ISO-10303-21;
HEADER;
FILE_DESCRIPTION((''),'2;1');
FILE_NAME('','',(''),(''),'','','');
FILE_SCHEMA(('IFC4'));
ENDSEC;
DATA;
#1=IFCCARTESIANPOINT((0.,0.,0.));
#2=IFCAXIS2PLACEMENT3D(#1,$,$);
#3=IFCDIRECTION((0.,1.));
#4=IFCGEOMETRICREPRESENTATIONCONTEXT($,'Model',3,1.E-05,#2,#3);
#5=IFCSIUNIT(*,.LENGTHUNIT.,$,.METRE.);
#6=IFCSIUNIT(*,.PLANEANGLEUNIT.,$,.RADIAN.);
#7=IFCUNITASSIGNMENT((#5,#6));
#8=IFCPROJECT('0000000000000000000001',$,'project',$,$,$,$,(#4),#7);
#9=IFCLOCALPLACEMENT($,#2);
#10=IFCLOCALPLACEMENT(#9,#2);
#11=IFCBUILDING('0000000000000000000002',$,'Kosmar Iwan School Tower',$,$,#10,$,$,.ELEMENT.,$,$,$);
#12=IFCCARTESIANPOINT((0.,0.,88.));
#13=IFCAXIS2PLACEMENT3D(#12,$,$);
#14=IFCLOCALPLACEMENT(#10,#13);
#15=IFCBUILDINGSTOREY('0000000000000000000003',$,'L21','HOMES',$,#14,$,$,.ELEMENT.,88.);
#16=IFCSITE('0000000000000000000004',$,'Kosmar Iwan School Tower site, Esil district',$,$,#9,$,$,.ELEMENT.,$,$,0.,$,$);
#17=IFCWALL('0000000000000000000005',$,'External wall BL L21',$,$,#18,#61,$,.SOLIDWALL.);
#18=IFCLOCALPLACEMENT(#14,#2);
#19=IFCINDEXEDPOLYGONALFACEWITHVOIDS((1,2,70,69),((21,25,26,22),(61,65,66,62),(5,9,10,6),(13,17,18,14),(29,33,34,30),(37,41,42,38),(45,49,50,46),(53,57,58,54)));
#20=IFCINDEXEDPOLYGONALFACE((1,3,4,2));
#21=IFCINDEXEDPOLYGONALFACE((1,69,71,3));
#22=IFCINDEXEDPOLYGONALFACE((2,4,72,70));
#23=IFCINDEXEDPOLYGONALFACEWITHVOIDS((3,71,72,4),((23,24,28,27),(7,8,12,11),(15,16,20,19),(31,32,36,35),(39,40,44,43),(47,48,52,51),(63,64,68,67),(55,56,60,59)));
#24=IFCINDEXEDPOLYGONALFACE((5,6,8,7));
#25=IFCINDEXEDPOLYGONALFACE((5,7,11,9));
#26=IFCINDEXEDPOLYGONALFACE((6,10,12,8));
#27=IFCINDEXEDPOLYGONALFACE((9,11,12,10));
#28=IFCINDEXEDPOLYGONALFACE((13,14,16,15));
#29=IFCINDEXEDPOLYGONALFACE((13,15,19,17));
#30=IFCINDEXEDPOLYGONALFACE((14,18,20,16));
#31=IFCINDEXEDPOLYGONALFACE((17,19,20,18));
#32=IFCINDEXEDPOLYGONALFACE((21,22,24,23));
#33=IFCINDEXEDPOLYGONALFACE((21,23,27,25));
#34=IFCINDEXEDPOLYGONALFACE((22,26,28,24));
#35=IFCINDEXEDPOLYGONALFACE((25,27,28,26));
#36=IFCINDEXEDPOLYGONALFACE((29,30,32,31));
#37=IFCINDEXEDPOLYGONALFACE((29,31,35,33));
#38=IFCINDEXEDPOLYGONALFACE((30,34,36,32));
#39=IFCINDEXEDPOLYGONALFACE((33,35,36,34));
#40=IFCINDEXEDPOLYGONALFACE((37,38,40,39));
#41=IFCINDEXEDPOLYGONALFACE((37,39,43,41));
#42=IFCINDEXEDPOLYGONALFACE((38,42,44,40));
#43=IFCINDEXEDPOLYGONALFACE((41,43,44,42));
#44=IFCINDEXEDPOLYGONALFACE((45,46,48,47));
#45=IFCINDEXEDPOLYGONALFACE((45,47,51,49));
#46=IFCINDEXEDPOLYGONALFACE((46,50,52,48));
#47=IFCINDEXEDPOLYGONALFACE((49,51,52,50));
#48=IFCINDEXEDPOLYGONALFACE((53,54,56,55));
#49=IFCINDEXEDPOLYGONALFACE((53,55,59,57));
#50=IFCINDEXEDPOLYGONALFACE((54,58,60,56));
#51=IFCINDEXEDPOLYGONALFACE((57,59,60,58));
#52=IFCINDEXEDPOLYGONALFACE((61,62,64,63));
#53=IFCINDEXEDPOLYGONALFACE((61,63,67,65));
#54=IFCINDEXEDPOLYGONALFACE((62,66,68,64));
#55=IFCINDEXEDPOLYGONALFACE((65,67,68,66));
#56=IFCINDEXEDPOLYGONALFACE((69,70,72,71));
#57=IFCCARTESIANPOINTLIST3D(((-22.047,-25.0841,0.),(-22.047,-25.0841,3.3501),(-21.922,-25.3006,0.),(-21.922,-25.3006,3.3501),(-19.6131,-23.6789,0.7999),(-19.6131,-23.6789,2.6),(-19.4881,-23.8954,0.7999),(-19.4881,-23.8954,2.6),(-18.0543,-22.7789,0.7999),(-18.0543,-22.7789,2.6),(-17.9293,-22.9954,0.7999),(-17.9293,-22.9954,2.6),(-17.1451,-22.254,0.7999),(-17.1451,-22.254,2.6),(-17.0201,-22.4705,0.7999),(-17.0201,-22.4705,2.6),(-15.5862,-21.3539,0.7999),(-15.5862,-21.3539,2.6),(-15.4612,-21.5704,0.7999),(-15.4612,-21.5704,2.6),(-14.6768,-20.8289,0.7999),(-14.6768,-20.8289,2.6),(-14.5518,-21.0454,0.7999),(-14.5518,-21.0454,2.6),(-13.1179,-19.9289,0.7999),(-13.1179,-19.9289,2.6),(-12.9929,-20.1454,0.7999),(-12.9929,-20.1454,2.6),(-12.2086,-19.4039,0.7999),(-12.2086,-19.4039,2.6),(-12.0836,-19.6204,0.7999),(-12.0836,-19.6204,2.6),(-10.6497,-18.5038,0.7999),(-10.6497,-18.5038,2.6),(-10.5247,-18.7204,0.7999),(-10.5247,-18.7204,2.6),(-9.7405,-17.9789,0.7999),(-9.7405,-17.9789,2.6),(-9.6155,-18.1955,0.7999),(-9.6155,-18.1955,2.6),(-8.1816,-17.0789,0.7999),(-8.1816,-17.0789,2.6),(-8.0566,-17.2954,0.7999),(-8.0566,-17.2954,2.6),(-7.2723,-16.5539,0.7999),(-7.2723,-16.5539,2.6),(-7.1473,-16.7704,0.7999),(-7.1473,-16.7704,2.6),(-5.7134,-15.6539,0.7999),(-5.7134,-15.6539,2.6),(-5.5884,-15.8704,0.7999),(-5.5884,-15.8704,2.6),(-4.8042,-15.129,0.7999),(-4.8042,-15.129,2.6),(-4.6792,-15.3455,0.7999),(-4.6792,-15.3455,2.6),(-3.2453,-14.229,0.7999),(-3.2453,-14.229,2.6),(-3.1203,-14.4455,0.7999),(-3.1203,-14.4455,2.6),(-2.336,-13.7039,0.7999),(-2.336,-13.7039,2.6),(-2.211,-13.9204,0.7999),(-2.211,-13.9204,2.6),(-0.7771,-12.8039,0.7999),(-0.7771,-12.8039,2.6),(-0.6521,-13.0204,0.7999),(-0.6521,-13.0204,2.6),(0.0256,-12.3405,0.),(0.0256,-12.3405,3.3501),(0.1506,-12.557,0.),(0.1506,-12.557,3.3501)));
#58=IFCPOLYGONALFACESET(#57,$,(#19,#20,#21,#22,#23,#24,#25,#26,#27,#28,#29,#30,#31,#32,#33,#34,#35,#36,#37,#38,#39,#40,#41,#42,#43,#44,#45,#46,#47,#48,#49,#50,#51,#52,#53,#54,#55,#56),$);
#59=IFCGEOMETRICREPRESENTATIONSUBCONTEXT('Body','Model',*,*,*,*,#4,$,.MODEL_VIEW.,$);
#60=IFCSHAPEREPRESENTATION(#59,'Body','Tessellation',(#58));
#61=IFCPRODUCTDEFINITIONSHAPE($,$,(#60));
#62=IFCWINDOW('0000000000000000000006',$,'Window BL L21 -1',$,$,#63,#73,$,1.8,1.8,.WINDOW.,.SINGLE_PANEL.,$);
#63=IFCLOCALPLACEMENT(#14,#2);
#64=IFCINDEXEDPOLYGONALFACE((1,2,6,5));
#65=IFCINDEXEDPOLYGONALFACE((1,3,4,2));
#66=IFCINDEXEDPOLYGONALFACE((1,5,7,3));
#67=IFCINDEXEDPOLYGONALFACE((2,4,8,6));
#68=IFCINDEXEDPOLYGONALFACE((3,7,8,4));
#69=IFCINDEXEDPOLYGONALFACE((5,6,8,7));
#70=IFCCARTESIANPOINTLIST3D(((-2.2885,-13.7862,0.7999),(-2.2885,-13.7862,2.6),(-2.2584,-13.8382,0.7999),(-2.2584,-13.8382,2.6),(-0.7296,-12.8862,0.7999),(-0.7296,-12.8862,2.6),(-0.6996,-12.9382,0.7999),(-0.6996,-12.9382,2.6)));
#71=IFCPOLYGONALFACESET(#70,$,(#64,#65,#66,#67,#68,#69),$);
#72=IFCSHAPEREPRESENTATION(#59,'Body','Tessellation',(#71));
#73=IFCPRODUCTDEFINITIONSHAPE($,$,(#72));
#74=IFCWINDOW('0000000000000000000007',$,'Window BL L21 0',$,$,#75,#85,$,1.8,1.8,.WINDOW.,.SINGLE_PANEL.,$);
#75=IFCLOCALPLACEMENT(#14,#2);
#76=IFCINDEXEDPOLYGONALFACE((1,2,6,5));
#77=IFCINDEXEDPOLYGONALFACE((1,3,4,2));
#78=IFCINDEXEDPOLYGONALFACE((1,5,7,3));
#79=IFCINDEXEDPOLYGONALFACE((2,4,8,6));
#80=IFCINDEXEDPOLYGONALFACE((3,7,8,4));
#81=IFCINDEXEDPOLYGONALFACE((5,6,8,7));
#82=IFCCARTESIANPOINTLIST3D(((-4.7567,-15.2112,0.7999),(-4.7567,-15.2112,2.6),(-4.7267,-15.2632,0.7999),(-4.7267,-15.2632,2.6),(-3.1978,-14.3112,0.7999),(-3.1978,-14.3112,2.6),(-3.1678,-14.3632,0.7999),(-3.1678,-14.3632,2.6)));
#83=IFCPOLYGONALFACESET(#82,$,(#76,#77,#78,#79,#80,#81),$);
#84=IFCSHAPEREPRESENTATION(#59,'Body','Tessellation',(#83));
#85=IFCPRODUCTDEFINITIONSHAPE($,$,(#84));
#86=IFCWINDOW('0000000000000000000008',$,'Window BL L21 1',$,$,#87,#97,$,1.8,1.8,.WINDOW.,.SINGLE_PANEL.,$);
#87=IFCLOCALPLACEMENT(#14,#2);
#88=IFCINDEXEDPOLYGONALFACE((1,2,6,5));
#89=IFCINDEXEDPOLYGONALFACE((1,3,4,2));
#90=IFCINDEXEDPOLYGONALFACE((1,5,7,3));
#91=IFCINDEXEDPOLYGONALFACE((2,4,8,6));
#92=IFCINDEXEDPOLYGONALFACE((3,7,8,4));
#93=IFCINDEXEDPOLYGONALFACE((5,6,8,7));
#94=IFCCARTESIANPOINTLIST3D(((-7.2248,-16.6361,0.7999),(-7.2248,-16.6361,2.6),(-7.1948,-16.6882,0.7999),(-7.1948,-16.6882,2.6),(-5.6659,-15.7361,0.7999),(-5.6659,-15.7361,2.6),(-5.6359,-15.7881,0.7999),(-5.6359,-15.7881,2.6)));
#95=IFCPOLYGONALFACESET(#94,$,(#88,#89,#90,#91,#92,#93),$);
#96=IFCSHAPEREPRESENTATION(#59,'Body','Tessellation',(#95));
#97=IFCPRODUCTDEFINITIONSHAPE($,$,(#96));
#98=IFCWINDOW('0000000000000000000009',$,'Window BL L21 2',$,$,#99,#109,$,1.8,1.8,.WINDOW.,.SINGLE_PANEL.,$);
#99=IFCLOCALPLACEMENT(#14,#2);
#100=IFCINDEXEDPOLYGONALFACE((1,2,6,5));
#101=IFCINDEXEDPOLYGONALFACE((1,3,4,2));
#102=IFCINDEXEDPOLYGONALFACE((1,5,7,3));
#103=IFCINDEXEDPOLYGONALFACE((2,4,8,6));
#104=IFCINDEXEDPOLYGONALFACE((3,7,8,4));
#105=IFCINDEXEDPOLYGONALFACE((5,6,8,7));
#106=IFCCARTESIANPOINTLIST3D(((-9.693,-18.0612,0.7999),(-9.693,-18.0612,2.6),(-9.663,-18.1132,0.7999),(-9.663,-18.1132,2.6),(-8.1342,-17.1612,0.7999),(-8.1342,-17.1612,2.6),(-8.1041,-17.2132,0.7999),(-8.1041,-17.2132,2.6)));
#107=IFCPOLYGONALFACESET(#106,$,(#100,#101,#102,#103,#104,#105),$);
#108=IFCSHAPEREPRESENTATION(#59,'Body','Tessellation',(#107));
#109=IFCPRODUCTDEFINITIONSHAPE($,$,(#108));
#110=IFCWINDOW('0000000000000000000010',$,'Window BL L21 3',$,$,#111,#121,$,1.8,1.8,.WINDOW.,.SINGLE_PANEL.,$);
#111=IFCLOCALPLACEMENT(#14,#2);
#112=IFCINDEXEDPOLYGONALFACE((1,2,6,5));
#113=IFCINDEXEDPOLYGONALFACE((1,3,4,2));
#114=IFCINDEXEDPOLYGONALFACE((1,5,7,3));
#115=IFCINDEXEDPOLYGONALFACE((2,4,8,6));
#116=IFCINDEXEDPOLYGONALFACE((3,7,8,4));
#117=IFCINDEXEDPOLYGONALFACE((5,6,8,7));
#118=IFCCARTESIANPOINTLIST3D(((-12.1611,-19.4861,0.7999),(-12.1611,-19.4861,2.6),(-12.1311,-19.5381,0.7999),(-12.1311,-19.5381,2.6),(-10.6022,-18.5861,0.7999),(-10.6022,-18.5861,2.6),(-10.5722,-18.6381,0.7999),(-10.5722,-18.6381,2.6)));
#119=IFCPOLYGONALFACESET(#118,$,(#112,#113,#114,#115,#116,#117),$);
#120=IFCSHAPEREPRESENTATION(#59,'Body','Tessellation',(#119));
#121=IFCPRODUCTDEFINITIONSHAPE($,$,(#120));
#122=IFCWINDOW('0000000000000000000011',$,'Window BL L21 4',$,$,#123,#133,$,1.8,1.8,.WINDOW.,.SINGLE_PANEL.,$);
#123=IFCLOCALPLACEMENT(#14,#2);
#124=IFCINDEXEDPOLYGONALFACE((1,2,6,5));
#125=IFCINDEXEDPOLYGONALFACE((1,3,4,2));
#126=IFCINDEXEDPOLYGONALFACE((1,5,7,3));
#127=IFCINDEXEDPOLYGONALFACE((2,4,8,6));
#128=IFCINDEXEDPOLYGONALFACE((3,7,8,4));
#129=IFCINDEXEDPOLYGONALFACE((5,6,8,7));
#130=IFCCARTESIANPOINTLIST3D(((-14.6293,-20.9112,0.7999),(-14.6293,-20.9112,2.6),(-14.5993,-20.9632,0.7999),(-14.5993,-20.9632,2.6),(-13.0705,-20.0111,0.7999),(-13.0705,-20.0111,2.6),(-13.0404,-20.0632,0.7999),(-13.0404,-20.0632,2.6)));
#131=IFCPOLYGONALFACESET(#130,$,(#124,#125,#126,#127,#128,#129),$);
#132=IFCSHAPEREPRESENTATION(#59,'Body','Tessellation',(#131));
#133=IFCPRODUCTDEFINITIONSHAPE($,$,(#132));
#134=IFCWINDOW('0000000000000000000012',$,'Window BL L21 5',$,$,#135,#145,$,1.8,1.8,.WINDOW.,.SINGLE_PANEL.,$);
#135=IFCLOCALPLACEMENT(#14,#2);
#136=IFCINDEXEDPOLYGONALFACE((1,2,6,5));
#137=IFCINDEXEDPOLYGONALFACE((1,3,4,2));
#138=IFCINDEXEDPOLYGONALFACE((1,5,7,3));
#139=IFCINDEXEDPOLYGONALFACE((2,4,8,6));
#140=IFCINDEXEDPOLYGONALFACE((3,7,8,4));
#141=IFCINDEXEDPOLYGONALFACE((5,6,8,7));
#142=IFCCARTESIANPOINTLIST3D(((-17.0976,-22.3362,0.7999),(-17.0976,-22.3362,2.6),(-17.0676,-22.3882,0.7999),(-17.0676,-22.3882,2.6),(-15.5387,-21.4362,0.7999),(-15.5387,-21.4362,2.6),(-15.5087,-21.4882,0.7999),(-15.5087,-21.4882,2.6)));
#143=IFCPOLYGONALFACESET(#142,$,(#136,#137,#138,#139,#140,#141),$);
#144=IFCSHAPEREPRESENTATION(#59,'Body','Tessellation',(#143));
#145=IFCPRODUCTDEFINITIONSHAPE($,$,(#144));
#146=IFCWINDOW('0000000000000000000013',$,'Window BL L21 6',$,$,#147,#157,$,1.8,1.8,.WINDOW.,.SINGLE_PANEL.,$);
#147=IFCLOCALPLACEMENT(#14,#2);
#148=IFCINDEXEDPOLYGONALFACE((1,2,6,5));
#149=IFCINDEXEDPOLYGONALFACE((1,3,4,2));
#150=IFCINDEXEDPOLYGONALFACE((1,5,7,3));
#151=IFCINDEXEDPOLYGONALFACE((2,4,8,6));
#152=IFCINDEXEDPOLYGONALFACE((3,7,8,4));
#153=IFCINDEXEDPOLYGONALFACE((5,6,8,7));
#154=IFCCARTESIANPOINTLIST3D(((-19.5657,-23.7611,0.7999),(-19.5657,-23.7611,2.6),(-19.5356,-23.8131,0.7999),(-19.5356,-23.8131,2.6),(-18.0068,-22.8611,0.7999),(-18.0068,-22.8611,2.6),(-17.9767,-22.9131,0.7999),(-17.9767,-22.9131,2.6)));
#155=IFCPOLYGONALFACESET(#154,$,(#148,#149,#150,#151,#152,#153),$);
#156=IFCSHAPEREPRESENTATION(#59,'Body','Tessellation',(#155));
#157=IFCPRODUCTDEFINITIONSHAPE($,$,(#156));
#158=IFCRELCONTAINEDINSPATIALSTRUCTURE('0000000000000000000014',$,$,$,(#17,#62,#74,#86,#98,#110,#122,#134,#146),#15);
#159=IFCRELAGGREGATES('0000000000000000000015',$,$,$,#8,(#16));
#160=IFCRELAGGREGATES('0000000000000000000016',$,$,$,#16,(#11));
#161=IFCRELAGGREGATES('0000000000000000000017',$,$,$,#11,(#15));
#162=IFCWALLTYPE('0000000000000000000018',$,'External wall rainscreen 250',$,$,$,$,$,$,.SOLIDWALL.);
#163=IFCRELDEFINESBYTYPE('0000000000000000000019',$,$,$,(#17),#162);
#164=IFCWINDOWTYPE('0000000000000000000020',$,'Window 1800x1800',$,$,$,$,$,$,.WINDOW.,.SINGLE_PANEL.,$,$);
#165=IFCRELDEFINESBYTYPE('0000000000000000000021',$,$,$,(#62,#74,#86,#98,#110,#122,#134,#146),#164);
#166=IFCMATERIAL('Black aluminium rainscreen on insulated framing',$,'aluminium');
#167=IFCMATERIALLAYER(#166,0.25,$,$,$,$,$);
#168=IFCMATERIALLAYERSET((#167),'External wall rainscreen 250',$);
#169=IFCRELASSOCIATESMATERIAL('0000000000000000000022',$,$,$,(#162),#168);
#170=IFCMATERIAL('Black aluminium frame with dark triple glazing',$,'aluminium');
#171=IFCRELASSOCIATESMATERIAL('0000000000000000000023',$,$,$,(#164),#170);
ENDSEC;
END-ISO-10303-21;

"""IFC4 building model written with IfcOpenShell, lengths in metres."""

from ifc_helpers import new_model, si_unit, direction, frame, frame_2d, origin, place, context, subcontext, project, spatial, rectangle, extrude, material, layer, layer_set, type_object, element, fill, save


model = new_model("IFC4")

# Units and contexts
model_context = context("Model", 3, precision=1e-05, world=origin(), true_north=direction((0.0, 1.0)))
body_context = subcontext(model_context, "Body", "Model", "MODEL_VIEW")
ifc_project = project(units=[si_unit("LENGTHUNIT", "METRE"), si_unit("PLANEANGLEUNIT", "RADIAN")], contexts=[model_context])

# Site, building, storey
site_placement = place(None, origin())
site = spatial("IfcSite", under=ifc_project, at=site_placement, Name="Kosmar Iwan School Tower site, Esil district", CompositionType="ELEMENT", RefElevation=0.0)
building_placement = place(site_placement, origin())
building = spatial("IfcBuilding", under=site, at=building_placement, Name="Kosmar Iwan School Tower", CompositionType="ELEMENT")
storey_placement = place(building_placement, frame((0.0, 0.0, 88.0)))
storey = spatial("IfcBuildingStorey", under=building, at=storey_placement, Name="L21", Description="HOMES", CompositionType="ELEMENT", Elevation=88.0)

# Wall, openings, windows
ifc_material_1 = material(Name="Black aluminium rainscreen on insulated framing", Category="aluminium")
ifc_layer_1 = layer(ifc_material_1, 0.25)
ifc_layer_set_1 = layer_set([ifc_layer_1], Name="External wall rainscreen 250")
wall_type_1 = type_object("IfcWallType", Name="External wall rainscreen 250", PredefinedType="SOLIDWALL", material=ifc_layer_set_1)
wall_1_placement = place(storey_placement, frame((0.0881, -12.4487, 0.0), z_axis=(0.0, 0.0, 1.0), x_axis=(-0.866026, -0.499998, 0.0)))
wall_1 = element("IfcWall", 1, at=wall_1_placement, inside=storey, type_object=wall_type_1, Name="External wall BL L21", PredefinedType="SOLIDWALL", context=body_context, shape_type="SweptSolid", body=[
    extrude(rectangle(XDim=25.4873, YDim=0.25, at=frame_2d((12.7437, 0.0))), origin(), (0.0, 0.0, 1.0), 3.3501),
])
opening_1_placement = place(wall_1_placement, frame((0.927, 0.0, 0.8)))
opening_1 = element("IfcOpeningElement", 2, at=opening_1_placement, cuts=wall_1, PredefinedType="OPENING", context=body_context, shape_type="SweptSolid", body=[
    extrude(rectangle(XDim=1.8, YDim=1.8, at=frame_2d((0.8999, 0.8999))), frame((0.0, 0.137, 0.0), z_axis=(0.0, -1.0, 0.0), x_axis=(1.0, 0.0, 0.0)), (0.0, 0.0, 1.0), 0.2739),
])
opening_2_placement = place(wall_1_placement, frame((3.7771, 0.0, 0.8)))
opening_2 = element("IfcOpeningElement", 3, at=opening_2_placement, cuts=wall_1, PredefinedType="OPENING", context=body_context, shape_type="SweptSolid", body=[
    extrude(rectangle(XDim=1.8, YDim=1.8, at=frame_2d((0.8999, 0.8999))), frame((0.0, 0.137, 0.0), z_axis=(0.0, -1.0, 0.0), x_axis=(1.0, 0.0, 0.0)), (0.0, 0.0, 1.0), 0.2739),
])
opening_3_placement = place(wall_1_placement, frame((6.627, 0.0, 0.8)))
opening_3 = element("IfcOpeningElement", 4, at=opening_3_placement, cuts=wall_1, PredefinedType="OPENING", context=body_context, shape_type="SweptSolid", body=[
    extrude(rectangle(XDim=1.8, YDim=1.8, at=frame_2d((0.8999, 0.8999))), frame((0.0, 0.137, 0.0), z_axis=(0.0, -1.0, 0.0), x_axis=(1.0, 0.0, 0.0)), (0.0, 0.0, 1.0), 0.2739),
])
opening_4_placement = place(wall_1_placement, frame((9.4771, 0.0, 0.8)))
opening_4 = element("IfcOpeningElement", 5, at=opening_4_placement, cuts=wall_1, PredefinedType="OPENING", context=body_context, shape_type="SweptSolid", body=[
    extrude(rectangle(XDim=1.8, YDim=1.8, at=frame_2d((0.8999, 0.8999))), frame((0.0, 0.137, 0.0), z_axis=(0.0, -1.0, 0.0), x_axis=(1.0, 0.0, 0.0)), (0.0, 0.0, 1.0), 0.2739),
])
opening_5_placement = place(wall_1_placement, frame((12.3269, 0.0, 0.8)))
opening_5 = element("IfcOpeningElement", 6, at=opening_5_placement, cuts=wall_1, PredefinedType="OPENING", context=body_context, shape_type="SweptSolid", body=[
    extrude(rectangle(XDim=1.8, YDim=1.8, at=frame_2d((0.8999, 0.8999))), frame((0.0, 0.137, 0.0), z_axis=(0.0, -1.0, 0.0), x_axis=(1.0, 0.0, 0.0)), (0.0, 0.0, 1.0), 0.2739),
])
opening_6_placement = place(wall_1_placement, frame((15.177, 0.0, 0.8)))
opening_6 = element("IfcOpeningElement", 7, at=opening_6_placement, cuts=wall_1, PredefinedType="OPENING", context=body_context, shape_type="SweptSolid", body=[
    extrude(rectangle(XDim=1.8, YDim=1.8, at=frame_2d((0.8999, 0.8999))), frame((0.0, 0.137, 0.0), z_axis=(0.0, -1.0, 0.0), x_axis=(1.0, 0.0, 0.0)), (0.0, 0.0, 1.0), 0.2739),
])
opening_7_placement = place(wall_1_placement, frame((18.0271, 0.0, 0.8)))
opening_7 = element("IfcOpeningElement", 8, at=opening_7_placement, cuts=wall_1, PredefinedType="OPENING", context=body_context, shape_type="SweptSolid", body=[
    extrude(rectangle(XDim=1.8, YDim=1.8, at=frame_2d((0.8999, 0.8999))), frame((0.0, 0.137, 0.0), z_axis=(0.0, -1.0, 0.0), x_axis=(1.0, 0.0, 0.0)), (0.0, 0.0, 1.0), 0.2739),
])
opening_8_placement = place(wall_1_placement, frame((20.877, 0.0, 0.8)))
opening_8 = element("IfcOpeningElement", 9, at=opening_8_placement, cuts=wall_1, PredefinedType="OPENING", context=body_context, shape_type="SweptSolid", body=[
    extrude(rectangle(XDim=1.8, YDim=1.8, at=frame_2d((0.8999, 0.8999))), frame((0.0, 0.137, 0.0), z_axis=(0.0, -1.0, 0.0), x_axis=(1.0, 0.0, 0.0)), (0.0, 0.0, 1.0), 0.2739),
])
ifc_material_2 = material(Name="Black aluminium frame with dark triple glazing", Category="aluminium")
window_type = type_object("IfcWindowType", Name="Window 1800x1800", PartitioningType="SINGLE_PANEL", PredefinedType="WINDOW", material=ifc_material_2)
window_1_placement = place(opening_1_placement, origin())
window_1 = element("IfcWindow", 10, at=window_1_placement, inside=storey, type_object=window_type, Name="Window BL L21 -1", OverallHeight=1.8, OverallWidth=1.8, PartitioningType="SINGLE_PANEL", PredefinedType="WINDOW", context=body_context, shape_type="SweptSolid", body=[
    extrude(rectangle(XDim=1.8, YDim=1.8, at=frame_2d((0.8999, 0.8999))), frame((0.0, 0.03, 0.0), z_axis=(0.0, -1.0, 0.0), x_axis=(1.0, 0.0, 0.0)), (0.0, 0.0, 1.0), 0.0601),
])
fill(opening_1, window_1)
window_2_placement = place(opening_2_placement, origin())
window_2 = element("IfcWindow", 11, at=window_2_placement, inside=storey, type_object=window_type, Name="Window BL L21 0", OverallHeight=1.8, OverallWidth=1.8, PartitioningType="SINGLE_PANEL", PredefinedType="WINDOW", context=body_context, shape_type="SweptSolid", body=[
    extrude(rectangle(XDim=1.8, YDim=1.8, at=frame_2d((0.8999, 0.8999))), frame((0.0, 0.03, 0.0), z_axis=(0.0, -1.0, 0.0), x_axis=(1.0, 0.0, 0.0)), (0.0, 0.0, 1.0), 0.0601),
])
fill(opening_2, window_2)
window_3_placement = place(opening_3_placement, origin())
window_3 = element("IfcWindow", 12, at=window_3_placement, inside=storey, type_object=window_type, Name="Window BL L21 1", OverallHeight=1.8, OverallWidth=1.8, PartitioningType="SINGLE_PANEL", PredefinedType="WINDOW", context=body_context, shape_type="SweptSolid", body=[
    extrude(rectangle(XDim=1.8, YDim=1.8, at=frame_2d((0.8999, 0.8999))), frame((0.0, 0.03, 0.0), z_axis=(0.0, -1.0, 0.0), x_axis=(1.0, 0.0, 0.0)), (0.0, 0.0, 1.0), 0.0601),
])
fill(opening_3, window_3)
window_4_placement = place(opening_4_placement, origin())
window_4 = element("IfcWindow", 13, at=window_4_placement, inside=storey, type_object=window_type, Name="Window BL L21 2", OverallHeight=1.8, OverallWidth=1.8, PartitioningType="SINGLE_PANEL", PredefinedType="WINDOW", context=body_context, shape_type="SweptSolid", body=[
    extrude(rectangle(XDim=1.8, YDim=1.8, at=frame_2d((0.8999, 0.8999))), frame((0.0, 0.03, 0.0), z_axis=(0.0, -1.0, 0.0), x_axis=(1.0, 0.0, 0.0)), (0.0, 0.0, 1.0), 0.0601),
])
fill(opening_4, window_4)
window_5_placement = place(opening_5_placement, origin())
window_5 = element("IfcWindow", 14, at=window_5_placement, inside=storey, type_object=window_type, Name="Window BL L21 3", OverallHeight=1.8, OverallWidth=1.8, PartitioningType="SINGLE_PANEL", PredefinedType="WINDOW", context=body_context, shape_type="SweptSolid", body=[
    extrude(rectangle(XDim=1.8, YDim=1.8, at=frame_2d((0.8999, 0.8999))), frame((0.0, 0.03, 0.0), z_axis=(0.0, -1.0, 0.0), x_axis=(1.0, 0.0, 0.0)), (0.0, 0.0, 1.0), 0.0601),
])
fill(opening_5, window_5)
window_6_placement = place(opening_6_placement, origin())
window_6 = element("IfcWindow", 15, at=window_6_placement, inside=storey, type_object=window_type, Name="Window BL L21 4", OverallHeight=1.8, OverallWidth=1.8, PartitioningType="SINGLE_PANEL", PredefinedType="WINDOW", context=body_context, shape_type="SweptSolid", body=[
    extrude(rectangle(XDim=1.8, YDim=1.8, at=frame_2d((0.8999, 0.8999))), frame((0.0, 0.03, 0.0), z_axis=(0.0, -1.0, 0.0), x_axis=(1.0, 0.0, 0.0)), (0.0, 0.0, 1.0), 0.0601),
])
fill(opening_6, window_6)
window_7_placement = place(opening_7_placement, origin())
window_7 = element("IfcWindow", 16, at=window_7_placement, inside=storey, type_object=window_type, Name="Window BL L21 5", OverallHeight=1.8, OverallWidth=1.8, PartitioningType="SINGLE_PANEL", PredefinedType="WINDOW", context=body_context, shape_type="SweptSolid", body=[
    extrude(rectangle(XDim=1.8, YDim=1.8, at=frame_2d((0.8999, 0.8999))), frame((0.0, 0.03, 0.0), z_axis=(0.0, -1.0, 0.0), x_axis=(1.0, 0.0, 0.0)), (0.0, 0.0, 1.0), 0.0601),
])
fill(opening_7, window_7)
window_8_placement = place(opening_8_placement, origin())
window_8 = element("IfcWindow", 17, at=window_8_placement, inside=storey, type_object=window_type, Name="Window BL L21 6", OverallHeight=1.8, OverallWidth=1.8, PartitioningType="SINGLE_PANEL", PredefinedType="WINDOW", context=body_context, shape_type="SweptSolid", body=[
    extrude(rectangle(XDim=1.8, YDim=1.8, at=frame_2d((0.8999, 0.8999))), frame((0.0, 0.03, 0.0), z_axis=(0.0, -1.0, 0.0), x_axis=(1.0, 0.0, 0.0)), (0.0, 0.0, 1.0), 0.0601),
])
fill(opening_8, window_8)

save(model, "model.ifc")
